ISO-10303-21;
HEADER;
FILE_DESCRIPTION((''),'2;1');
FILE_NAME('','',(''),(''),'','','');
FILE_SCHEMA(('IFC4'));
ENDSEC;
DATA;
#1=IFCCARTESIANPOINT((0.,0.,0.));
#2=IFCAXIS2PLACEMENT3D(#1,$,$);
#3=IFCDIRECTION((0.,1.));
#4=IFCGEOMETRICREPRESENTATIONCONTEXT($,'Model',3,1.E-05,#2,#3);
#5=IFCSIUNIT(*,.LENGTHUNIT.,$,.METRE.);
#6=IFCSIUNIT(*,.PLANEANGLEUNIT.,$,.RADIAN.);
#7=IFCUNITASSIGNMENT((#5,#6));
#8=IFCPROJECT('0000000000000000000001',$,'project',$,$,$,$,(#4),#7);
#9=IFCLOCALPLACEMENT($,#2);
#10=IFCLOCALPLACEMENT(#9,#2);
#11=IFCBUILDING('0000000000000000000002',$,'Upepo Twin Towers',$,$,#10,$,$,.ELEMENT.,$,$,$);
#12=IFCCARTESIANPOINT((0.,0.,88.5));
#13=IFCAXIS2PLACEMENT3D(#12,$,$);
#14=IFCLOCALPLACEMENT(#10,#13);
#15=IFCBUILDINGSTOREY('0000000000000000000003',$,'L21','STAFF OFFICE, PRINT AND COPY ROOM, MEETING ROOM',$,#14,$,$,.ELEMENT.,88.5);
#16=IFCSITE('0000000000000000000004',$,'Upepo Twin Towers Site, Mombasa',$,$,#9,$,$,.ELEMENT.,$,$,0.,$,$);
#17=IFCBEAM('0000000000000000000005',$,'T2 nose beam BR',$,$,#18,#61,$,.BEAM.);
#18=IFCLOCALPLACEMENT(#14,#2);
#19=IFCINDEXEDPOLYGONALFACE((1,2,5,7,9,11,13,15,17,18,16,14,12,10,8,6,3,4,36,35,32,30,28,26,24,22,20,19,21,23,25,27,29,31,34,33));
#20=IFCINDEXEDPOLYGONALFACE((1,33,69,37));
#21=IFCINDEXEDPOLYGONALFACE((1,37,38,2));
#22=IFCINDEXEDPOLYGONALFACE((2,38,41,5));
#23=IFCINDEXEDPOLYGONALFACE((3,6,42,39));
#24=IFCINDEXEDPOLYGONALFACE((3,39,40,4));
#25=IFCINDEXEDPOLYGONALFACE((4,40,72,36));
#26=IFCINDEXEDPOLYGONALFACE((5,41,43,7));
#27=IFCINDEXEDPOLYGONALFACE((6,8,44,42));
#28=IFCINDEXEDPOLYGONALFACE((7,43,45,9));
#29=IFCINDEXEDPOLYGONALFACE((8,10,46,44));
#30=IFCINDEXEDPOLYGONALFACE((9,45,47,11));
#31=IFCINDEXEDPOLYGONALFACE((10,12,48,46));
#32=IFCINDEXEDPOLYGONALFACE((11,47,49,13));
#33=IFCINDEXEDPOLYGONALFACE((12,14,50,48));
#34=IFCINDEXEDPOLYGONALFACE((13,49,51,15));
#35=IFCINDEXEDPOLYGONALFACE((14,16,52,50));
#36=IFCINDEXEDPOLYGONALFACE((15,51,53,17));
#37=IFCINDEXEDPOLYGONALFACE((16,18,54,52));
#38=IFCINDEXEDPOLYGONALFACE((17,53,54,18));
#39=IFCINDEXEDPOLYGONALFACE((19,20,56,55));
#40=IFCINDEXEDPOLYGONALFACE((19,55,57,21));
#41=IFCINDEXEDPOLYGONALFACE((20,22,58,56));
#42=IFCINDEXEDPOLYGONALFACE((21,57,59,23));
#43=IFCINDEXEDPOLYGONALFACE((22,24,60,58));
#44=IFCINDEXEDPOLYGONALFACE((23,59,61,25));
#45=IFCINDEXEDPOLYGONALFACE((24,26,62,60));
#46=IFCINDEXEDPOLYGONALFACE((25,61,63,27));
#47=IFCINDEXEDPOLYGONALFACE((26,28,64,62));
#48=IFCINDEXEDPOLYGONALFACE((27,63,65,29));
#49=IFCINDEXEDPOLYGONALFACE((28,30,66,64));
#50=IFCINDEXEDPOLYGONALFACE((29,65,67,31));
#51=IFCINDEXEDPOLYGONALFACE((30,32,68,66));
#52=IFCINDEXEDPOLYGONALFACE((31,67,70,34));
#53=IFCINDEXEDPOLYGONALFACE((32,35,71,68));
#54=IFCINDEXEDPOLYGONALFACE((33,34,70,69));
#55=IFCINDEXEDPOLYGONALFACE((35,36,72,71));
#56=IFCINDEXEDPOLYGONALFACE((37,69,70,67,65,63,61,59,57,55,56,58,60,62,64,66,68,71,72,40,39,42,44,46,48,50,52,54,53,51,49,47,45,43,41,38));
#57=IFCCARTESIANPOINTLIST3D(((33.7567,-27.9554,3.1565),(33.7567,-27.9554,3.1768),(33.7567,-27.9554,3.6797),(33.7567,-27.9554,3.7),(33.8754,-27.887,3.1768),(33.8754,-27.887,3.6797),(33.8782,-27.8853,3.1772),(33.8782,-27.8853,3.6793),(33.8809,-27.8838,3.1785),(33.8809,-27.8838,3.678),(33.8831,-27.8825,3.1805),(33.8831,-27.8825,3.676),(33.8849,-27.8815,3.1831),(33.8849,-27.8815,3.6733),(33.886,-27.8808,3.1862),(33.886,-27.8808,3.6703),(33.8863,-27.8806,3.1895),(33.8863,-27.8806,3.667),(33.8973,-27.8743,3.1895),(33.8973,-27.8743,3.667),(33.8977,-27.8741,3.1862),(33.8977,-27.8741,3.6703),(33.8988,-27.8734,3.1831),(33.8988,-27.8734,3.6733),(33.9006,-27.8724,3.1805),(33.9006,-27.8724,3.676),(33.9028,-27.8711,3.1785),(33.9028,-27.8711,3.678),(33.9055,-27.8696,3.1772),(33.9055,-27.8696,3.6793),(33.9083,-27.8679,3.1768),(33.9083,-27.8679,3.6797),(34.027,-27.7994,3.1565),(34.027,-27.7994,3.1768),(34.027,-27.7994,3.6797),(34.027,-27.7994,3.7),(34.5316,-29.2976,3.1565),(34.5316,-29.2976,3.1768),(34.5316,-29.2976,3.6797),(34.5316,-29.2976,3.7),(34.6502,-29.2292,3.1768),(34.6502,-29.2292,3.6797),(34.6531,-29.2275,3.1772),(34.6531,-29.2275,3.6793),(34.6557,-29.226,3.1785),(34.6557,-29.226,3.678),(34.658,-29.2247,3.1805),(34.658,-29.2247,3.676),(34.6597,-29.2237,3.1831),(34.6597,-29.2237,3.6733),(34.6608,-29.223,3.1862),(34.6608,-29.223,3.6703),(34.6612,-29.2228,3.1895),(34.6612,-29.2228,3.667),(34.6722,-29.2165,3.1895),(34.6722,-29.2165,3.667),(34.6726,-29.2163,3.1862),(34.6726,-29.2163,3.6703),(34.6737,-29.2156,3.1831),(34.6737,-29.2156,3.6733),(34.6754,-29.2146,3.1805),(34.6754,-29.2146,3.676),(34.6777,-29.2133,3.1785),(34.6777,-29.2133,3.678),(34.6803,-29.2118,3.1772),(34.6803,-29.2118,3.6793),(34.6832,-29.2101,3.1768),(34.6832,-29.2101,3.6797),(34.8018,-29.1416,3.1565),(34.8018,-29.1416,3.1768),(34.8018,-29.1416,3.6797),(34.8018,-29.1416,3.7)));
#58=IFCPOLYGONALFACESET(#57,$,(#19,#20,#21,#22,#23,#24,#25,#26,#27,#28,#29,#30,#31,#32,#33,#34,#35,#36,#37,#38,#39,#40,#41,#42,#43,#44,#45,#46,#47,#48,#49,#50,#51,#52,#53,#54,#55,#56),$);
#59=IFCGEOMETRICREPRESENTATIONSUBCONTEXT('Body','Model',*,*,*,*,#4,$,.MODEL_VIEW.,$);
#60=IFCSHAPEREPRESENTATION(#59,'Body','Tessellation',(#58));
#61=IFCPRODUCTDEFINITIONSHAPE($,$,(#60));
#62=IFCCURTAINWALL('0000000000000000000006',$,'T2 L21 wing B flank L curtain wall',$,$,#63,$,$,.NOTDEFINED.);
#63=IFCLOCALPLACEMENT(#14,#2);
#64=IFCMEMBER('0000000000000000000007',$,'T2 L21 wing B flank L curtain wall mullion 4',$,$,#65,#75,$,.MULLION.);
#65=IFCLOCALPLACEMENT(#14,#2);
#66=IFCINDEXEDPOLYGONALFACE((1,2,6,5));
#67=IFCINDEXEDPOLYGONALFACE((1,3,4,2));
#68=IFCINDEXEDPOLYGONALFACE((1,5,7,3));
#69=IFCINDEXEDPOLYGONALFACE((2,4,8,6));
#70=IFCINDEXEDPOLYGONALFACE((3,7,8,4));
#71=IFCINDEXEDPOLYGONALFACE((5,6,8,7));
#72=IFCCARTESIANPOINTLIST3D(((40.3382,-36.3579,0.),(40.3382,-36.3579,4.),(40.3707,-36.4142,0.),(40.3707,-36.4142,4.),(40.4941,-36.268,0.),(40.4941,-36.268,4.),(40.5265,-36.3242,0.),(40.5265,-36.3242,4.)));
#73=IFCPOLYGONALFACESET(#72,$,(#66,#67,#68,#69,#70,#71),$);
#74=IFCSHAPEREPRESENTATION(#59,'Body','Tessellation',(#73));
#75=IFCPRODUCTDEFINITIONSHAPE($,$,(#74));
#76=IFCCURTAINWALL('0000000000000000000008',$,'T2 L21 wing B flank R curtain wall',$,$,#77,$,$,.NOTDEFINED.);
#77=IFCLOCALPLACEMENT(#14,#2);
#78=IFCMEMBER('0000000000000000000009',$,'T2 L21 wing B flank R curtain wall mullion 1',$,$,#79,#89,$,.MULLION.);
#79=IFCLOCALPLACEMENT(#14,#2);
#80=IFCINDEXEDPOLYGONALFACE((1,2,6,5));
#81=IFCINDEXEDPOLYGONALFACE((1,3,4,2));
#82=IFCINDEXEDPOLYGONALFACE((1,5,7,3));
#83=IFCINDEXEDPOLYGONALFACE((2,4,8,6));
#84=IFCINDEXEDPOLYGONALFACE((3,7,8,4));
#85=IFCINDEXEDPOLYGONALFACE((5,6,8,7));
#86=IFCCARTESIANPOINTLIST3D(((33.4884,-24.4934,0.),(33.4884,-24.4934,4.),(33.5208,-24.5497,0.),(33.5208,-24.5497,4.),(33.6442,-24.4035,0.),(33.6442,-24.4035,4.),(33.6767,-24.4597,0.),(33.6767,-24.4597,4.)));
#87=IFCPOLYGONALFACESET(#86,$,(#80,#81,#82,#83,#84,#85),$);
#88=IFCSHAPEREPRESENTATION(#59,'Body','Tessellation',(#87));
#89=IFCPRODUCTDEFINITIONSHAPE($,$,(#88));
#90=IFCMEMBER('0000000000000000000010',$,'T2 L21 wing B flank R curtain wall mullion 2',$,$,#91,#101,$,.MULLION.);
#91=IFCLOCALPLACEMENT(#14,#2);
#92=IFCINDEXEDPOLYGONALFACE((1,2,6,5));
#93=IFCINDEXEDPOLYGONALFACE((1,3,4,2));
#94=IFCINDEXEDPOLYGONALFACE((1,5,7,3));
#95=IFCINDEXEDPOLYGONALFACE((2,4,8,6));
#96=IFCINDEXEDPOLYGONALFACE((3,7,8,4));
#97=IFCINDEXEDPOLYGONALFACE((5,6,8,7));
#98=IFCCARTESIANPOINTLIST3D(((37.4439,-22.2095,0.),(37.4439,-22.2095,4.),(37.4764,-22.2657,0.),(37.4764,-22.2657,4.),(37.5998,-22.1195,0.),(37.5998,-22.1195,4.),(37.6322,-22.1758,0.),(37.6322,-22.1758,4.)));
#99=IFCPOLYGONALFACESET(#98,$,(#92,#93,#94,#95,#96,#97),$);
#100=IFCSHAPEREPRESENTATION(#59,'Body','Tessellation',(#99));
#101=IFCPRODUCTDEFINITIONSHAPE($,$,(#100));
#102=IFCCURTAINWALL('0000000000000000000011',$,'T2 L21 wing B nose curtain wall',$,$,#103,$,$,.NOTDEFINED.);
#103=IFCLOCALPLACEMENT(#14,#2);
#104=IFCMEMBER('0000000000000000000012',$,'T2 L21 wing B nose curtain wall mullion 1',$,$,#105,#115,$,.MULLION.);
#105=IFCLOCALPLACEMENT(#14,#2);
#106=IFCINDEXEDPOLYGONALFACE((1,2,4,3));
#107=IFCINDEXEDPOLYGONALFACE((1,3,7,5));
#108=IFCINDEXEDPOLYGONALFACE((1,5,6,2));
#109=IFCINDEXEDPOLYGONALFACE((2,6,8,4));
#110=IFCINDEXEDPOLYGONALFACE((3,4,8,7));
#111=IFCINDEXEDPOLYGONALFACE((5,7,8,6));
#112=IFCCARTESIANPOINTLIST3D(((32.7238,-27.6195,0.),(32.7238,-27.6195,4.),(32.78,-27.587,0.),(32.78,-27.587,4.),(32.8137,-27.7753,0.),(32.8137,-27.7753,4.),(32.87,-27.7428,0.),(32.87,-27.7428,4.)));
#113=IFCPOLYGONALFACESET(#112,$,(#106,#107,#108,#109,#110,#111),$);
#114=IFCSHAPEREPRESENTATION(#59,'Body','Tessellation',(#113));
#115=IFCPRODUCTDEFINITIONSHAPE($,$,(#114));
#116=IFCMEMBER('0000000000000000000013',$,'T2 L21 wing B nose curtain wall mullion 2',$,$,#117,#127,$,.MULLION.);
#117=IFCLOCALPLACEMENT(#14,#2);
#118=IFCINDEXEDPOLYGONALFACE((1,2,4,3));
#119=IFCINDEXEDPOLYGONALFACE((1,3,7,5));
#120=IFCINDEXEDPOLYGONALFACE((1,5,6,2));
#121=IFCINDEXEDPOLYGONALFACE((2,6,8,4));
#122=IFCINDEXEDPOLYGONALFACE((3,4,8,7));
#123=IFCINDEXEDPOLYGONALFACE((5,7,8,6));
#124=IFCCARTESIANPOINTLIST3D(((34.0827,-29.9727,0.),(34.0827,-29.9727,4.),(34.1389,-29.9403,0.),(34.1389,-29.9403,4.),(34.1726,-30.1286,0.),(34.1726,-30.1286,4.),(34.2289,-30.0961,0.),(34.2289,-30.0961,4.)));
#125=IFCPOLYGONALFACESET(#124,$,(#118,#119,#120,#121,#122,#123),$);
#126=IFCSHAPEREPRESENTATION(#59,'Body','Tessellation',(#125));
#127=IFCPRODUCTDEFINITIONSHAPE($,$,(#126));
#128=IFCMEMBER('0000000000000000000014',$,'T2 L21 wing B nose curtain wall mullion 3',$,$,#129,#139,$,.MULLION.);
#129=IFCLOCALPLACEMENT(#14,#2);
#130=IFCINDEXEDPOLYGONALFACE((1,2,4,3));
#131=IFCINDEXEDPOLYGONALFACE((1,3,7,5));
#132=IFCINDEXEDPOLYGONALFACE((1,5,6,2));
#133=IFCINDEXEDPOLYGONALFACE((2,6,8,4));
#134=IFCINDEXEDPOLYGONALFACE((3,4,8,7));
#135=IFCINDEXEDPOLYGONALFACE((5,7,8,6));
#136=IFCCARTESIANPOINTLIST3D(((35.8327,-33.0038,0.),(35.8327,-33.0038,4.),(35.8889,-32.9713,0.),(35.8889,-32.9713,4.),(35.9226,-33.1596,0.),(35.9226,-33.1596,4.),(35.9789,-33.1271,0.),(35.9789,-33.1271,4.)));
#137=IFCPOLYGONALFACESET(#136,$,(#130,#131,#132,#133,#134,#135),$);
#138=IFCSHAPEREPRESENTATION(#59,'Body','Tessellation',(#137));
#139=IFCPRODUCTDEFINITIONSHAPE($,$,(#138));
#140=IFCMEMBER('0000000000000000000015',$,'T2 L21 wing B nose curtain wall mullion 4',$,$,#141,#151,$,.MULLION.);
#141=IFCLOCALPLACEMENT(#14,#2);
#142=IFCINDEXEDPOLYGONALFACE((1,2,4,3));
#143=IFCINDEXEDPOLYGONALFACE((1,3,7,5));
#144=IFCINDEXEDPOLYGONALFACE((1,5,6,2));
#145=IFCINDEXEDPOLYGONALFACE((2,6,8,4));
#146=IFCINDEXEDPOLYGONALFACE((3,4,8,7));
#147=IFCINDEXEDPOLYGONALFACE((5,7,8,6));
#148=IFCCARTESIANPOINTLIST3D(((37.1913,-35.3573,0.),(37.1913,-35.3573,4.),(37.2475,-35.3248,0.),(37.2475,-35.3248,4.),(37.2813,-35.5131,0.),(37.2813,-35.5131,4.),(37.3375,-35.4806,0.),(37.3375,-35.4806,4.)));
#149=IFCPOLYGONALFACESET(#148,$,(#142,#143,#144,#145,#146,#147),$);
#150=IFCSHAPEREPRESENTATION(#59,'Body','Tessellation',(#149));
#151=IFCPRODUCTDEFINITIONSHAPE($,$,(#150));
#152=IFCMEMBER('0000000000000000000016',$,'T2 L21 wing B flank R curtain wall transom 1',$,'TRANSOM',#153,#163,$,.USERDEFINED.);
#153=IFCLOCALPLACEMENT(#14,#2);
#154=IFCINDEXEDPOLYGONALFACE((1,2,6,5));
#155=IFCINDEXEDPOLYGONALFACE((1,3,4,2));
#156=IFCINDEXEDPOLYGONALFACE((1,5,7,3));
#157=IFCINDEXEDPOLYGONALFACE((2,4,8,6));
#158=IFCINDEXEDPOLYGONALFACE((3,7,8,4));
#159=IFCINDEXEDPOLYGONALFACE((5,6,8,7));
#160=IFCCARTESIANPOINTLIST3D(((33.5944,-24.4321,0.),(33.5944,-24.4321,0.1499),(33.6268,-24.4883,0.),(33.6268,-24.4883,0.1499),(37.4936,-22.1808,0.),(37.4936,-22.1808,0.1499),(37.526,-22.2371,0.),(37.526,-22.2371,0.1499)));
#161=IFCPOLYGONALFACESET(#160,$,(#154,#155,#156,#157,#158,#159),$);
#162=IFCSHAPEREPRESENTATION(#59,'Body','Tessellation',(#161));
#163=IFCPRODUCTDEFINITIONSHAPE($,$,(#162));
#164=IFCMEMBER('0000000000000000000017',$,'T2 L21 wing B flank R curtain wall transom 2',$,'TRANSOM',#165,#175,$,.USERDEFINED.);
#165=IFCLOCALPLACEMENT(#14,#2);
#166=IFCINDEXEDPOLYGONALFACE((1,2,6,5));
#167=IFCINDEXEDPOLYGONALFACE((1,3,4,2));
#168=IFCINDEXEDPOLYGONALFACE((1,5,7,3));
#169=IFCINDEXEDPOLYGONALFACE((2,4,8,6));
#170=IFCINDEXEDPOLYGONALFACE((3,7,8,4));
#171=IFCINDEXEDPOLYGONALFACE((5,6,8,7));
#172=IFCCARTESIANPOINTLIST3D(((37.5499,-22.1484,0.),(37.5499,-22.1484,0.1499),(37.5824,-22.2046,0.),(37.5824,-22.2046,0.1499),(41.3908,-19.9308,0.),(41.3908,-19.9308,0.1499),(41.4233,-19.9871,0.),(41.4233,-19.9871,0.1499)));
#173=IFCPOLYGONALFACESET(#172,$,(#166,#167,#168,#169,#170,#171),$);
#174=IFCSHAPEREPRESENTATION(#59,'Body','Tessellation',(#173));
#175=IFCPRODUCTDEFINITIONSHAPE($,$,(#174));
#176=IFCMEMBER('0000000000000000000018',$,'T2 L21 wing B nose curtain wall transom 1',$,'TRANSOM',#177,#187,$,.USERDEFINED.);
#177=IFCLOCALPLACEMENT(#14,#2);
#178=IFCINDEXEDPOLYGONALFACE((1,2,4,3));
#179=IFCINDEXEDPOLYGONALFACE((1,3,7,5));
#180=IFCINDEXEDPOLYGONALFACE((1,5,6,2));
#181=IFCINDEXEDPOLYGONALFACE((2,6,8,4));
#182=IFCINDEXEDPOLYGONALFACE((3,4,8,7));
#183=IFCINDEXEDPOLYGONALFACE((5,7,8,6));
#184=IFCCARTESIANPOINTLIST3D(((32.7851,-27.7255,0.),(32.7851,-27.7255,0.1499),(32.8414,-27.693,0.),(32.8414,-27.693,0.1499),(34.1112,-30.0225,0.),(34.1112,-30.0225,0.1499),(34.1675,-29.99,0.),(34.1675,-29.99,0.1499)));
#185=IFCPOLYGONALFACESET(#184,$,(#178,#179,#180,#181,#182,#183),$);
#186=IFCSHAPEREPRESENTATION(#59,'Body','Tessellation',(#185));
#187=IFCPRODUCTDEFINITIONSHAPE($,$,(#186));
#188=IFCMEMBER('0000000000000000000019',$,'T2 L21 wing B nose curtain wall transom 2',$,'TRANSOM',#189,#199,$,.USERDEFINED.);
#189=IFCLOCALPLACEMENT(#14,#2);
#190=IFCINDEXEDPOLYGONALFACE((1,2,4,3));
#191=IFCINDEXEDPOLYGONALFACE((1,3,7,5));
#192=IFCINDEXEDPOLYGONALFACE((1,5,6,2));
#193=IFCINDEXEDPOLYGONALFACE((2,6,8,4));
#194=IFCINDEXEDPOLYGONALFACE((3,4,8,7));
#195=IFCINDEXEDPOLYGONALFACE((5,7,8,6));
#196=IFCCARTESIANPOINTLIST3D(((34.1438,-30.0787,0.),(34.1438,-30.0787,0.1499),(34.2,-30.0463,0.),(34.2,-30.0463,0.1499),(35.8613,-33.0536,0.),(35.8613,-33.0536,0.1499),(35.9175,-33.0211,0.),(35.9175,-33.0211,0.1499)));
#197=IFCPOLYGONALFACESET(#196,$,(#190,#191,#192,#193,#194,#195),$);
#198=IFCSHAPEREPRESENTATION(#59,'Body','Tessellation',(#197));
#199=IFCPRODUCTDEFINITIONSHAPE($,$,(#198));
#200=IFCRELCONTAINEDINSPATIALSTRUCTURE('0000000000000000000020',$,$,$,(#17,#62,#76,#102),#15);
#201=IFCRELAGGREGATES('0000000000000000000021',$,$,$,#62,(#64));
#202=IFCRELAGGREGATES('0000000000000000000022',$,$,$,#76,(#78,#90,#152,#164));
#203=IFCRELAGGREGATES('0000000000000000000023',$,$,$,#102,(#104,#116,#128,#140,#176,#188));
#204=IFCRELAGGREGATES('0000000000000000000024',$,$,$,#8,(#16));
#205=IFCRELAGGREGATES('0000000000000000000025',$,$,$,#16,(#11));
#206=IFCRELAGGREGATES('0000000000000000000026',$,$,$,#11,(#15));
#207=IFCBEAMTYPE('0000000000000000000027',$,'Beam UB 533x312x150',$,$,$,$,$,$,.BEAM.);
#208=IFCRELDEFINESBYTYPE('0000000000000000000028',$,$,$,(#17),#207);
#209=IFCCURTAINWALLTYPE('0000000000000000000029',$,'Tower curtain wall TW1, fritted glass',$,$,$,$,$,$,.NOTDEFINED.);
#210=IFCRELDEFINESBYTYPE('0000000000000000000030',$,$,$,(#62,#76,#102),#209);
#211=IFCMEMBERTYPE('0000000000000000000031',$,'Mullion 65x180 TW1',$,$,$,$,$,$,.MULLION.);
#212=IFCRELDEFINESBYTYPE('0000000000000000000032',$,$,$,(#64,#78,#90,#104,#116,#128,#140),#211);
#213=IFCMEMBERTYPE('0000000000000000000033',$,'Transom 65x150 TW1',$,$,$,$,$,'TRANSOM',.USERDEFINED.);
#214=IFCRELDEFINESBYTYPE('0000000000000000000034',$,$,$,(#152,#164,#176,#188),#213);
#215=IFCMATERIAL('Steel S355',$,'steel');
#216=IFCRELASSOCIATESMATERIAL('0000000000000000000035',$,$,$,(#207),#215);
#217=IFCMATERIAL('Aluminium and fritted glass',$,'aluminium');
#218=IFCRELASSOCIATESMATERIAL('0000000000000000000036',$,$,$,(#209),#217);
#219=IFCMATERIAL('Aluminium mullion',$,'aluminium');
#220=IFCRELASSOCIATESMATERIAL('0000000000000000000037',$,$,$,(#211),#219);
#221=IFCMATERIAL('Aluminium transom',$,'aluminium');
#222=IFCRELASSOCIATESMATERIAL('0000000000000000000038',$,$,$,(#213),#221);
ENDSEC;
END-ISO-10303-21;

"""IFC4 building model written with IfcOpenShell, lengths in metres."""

from ifc_helpers import new_model, si_unit, direction, frame, origin, origin_2d, place, context, subcontext, project, spatial, rectangle, i_section, extrude, material, material_profile, profile_set, type_object, element, aggregate, save


model = new_model("IFC4")

# Units and contexts
model_context = context("Model", 3, precision=1e-05, world=origin(), true_north=direction((0.0, 1.0)))
body_context = subcontext(model_context, "Body", "Model", "MODEL_VIEW")
ifc_project = project(units=[si_unit("LENGTHUNIT", "METRE"), si_unit("PLANEANGLEUNIT", "RADIAN")], contexts=[model_context])

# Site, building, storey
site_placement = place(None, origin())
site = spatial("IfcSite", under=ifc_project, at=site_placement, Name="Upepo Twin Towers Site, Mombasa", CompositionType="ELEMENT", RefElevation=0.0)
building_placement = place(site_placement, origin())
building = spatial("IfcBuilding", under=site, at=building_placement, Name="Upepo Twin Towers", CompositionType="ELEMENT")
storey_placement = place(building_placement, frame((0.0, 0.0, 88.5)))
storey = spatial("IfcBuildingStorey", under=building, at=storey_placement, Name="L21", Description="STAFF OFFICE, PRINT AND COPY ROOM, MEETING ROOM", CompositionType="ELEMENT", Elevation=88.5)

# Beam
ifc_material_1 = material(Name="Steel S355", Category="steel")
ifc_material_profile_1 = material_profile(ifc_material_1, i_section(OverallWidth=0.312, OverallDepth=0.5435, WebThickness=0.0127, FlangeThickness=0.0203, FilletRadius=0.0127, at=origin_2d()), Name="UB 533x312x150")
ifc_profile_set_1 = profile_set([ifc_material_profile_1], Name="Steel S355")
beam_type_1 = type_object("IfcBeamType", Name="Beam UB 533x312x150", PredefinedType="BEAM", material=ifc_profile_set_1)
for number, where, z_axis, x_axis, name in (
    (1, (33.8918, -27.8774, 3.4282), (0.499968, -0.866044, 0.0), (0.866044, 0.499968, 0.0), "T2 nose beam BR"),
):
    element("IfcBeam", number, at=place(storey_placement, frame(where, z_axis=z_axis, x_axis=x_axis)), inside=storey, type_object=beam_type_1, Name=name, PredefinedType="BEAM", context=body_context, shape_type="SweptSolid", body=[
        extrude(i_section(OverallWidth=0.312, OverallDepth=0.5435, WebThickness=0.0127, FlangeThickness=0.0203, FilletRadius=0.0127, at=origin_2d()), origin(), (0.0, 0.0, 1.0), 1.5498),
    ])

# Curtain wall, member
ifc_material_2 = material(Name="Aluminium and fritted glass", Category="aluminium")
curtain_wall_type = type_object("IfcCurtainWallType", Name="Tower curtain wall TW1, fritted glass", PredefinedType="NOTDEFINED", material=ifc_material_2)
curtain_wall_1_placement = place(storey_placement, origin())
curtain_wall_1 = element("IfcCurtainWall", 2, at=curtain_wall_1_placement, inside=storey, type_object=curtain_wall_type, Name="T2 L21 wing B flank L curtain wall", PredefinedType="NOTDEFINED")
ifc_material_3 = material(Name="Aluminium mullion", Category="aluminium")
ifc_material_profile_2 = material_profile(ifc_material_3, rectangle(XDim=0.0649, YDim=0.1799, at=origin_2d()), Name="MULLION 65x180")
ifc_profile_set_2 = profile_set([ifc_material_profile_2], Name="Aluminium mullion")
member_type_1 = type_object("IfcMemberType", Name="Mullion 65x180 TW1", PredefinedType="MULLION", material=ifc_profile_set_2)
member_1_placement = place(storey_placement, frame((40.4324, -36.3411, 0.0), z_axis=(0.0, 0.0, 1.0), x_axis=(0.5, -0.866025, 0.0)))
member_1 = element("IfcMember", 3, at=member_1_placement, type_object=member_type_1, Name="T2 L21 wing B flank L curtain wall mullion 4", PredefinedType="MULLION", context=body_context, shape_type="SweptSolid", body=[
    extrude(rectangle(XDim=0.0649, YDim=0.1799, at=origin_2d()), origin(), (0.0, 0.0, 1.0), 4.0),
])
aggregate(curtain_wall_1, [member_1])

# Curtain walls, members
curtain_wall_2_placement = place(storey_placement, origin())
curtain_wall_2 = element("IfcCurtainWall", 4, at=curtain_wall_2_placement, inside=storey, type_object=curtain_wall_type, Name="T2 L21 wing B flank R curtain wall", PredefinedType="NOTDEFINED")
member_2_placement = place(storey_placement, frame((33.5825, -24.4766, 0.0), z_axis=(0.0, 0.0, 1.0), x_axis=(-0.5, 0.866025, 0.0)))
member_2 = element("IfcMember", 5, at=member_2_placement, type_object=member_type_1, Name="T2 L21 wing B flank R curtain wall mullion 1", PredefinedType="MULLION", context=body_context, shape_type="SweptSolid", body=[
    extrude(rectangle(XDim=0.0649, YDim=0.1799, at=origin_2d()), origin(), (0.0, 0.0, 1.0), 4.0),
])
member_3_placement = place(storey_placement, frame((37.5381, -22.1926, 0.0), z_axis=(0.0, 0.0, 1.0), x_axis=(-0.5, 0.866025, 0.0)))
member_3 = element("IfcMember", 6, at=member_3_placement, type_object=member_type_1, Name="T2 L21 wing B flank R curtain wall mullion 2", PredefinedType="MULLION", context=body_context, shape_type="SweptSolid", body=[
    extrude(rectangle(XDim=0.0649, YDim=0.1799, at=origin_2d()), origin(), (0.0, 0.0, 1.0), 4.0),
])
curtain_wall_3_placement = place(storey_placement, origin())
curtain_wall_3 = element("IfcCurtainWall", 7, at=curtain_wall_3_placement, inside=storey, type_object=curtain_wall_type, Name="T2 L21 wing B nose curtain wall", PredefinedType="NOTDEFINED")
member_4_placement = place(storey_placement, frame((32.7969, -27.6812, 0.0), z_axis=(0.0, 0.0, 1.0), x_axis=(0.866025, 0.5, 0.0)))
member_4 = element("IfcMember", 8, at=member_4_placement, type_object=member_type_1, Name="T2 L21 wing B nose curtain wall mullion 1", PredefinedType="MULLION", context=body_context, shape_type="SweptSolid", body=[
    extrude(rectangle(XDim=0.0649, YDim=0.1799, at=origin_2d()), origin(), (0.0, 0.0, 1.0), 4.0),
])
member_5_placement = place(storey_placement, frame((34.1558, -30.0344, 0.0), z_axis=(0.0, 0.0, 1.0), x_axis=(0.866025, 0.5, 0.0)))
member_5 = element("IfcMember", 9, at=member_5_placement, type_object=member_type_1, Name="T2 L21 wing B nose curtain wall mullion 2", PredefinedType="MULLION", context=body_context, shape_type="SweptSolid", body=[
    extrude(rectangle(XDim=0.0649, YDim=0.1799, at=origin_2d()), origin(), (0.0, 0.0, 1.0), 4.0),
])
member_6_placement = place(storey_placement, frame((35.9058, -33.0654, 0.0), z_axis=(0.0, 0.0, 1.0), x_axis=(0.866025, 0.5, 0.0)))
member_6 = element("IfcMember", 10, at=member_6_placement, type_object=member_type_1, Name="T2 L21 wing B nose curtain wall mullion 3", PredefinedType="MULLION", context=body_context, shape_type="SweptSolid", body=[
    extrude(rectangle(XDim=0.0649, YDim=0.1799, at=origin_2d()), origin(), (0.0, 0.0, 1.0), 4.0),
])
member_7_placement = place(storey_placement, frame((37.2644, -35.4189, 0.0), z_axis=(0.0, 0.0, 1.0), x_axis=(0.866025, 0.5, 0.0)))
member_7 = element("IfcMember", 11, at=member_7_placement, type_object=member_type_1, Name="T2 L21 wing B nose curtain wall mullion 4", PredefinedType="MULLION", context=body_context, shape_type="SweptSolid", body=[
    extrude(rectangle(XDim=0.0649, YDim=0.1799, at=origin_2d()), origin(), (0.0, 0.0, 1.0), 4.0),
])

# Members
ifc_material_4 = material(Name="Aluminium transom", Category="aluminium")
ifc_material_profile_3 = material_profile(ifc_material_4, rectangle(XDim=0.0649, YDim=0.1499, at=origin_2d()), Name="TRANSOM 65x150")
ifc_profile_set_3 = profile_set([ifc_material_profile_3], Name="Aluminium transom")
member_type_2 = type_object("IfcMemberType", Name="Transom 65x150 TW1", ElementType="TRANSOM", PredefinedType="USERDEFINED", material=ifc_profile_set_3)
member_8_placement = place(storey_placement, frame((33.6106, -24.4602, 0.075), z_axis=(0.866022, 0.500006, 0.0), x_axis=(-0.500006, 0.866022, 0.0)))
member_8 = element("IfcMember", 12, at=member_8_placement, type_object=member_type_2, Name="T2 L21 wing B flank R curtain wall transom 1", ObjectType="TRANSOM", PredefinedType="USERDEFINED", context=body_context, shape_type="SweptSolid", body=[
    extrude(rectangle(XDim=0.0649, YDim=0.1499, at=origin_2d()), origin(), (0.0, 0.0, 1.0), 4.5024),
])
member_9_placement = place(storey_placement, frame((37.5662, -22.1765, 0.075), z_axis=(0.866022, 0.500005, 0.0), x_axis=(-0.500005, 0.866022, 0.0)))
member_9 = element("IfcMember", 13, at=member_9_placement, type_object=member_type_2, Name="T2 L21 wing B flank R curtain wall transom 2", ObjectType="TRANSOM", PredefinedType="USERDEFINED", context=body_context, shape_type="SweptSolid", body=[
    extrude(rectangle(XDim=0.0649, YDim=0.1499, at=origin_2d()), origin(), (0.0, 0.0, 1.0), 4.4351),
])
member_10_placement = place(storey_placement, frame((32.8132, -27.7092, 0.075), z_axis=(0.49998, -0.866037, 0.0), x_axis=(0.866037, 0.49998, 0.0)))
member_10 = element("IfcMember", 14, at=member_10_placement, type_object=member_type_2, Name="T2 L21 wing B nose curtain wall transom 1", ObjectType="TRANSOM", PredefinedType="USERDEFINED", context=body_context, shape_type="SweptSolid", body=[
    extrude(rectangle(XDim=0.0649, YDim=0.1499, at=origin_2d()), origin(), (0.0, 0.0, 1.0), 2.6523),
])
member_11_placement = place(storey_placement, frame((34.1719, -30.0625, 0.075), z_axis=(0.499999, -0.866026, 0.0), x_axis=(0.866026, 0.499999, 0.0)))
member_11 = element("IfcMember", 15, at=member_11_placement, type_object=member_type_2, Name="T2 L21 wing B nose curtain wall transom 2", ObjectType="TRANSOM", PredefinedType="USERDEFINED", context=body_context, shape_type="SweptSolid", body=[
    extrude(rectangle(XDim=0.0649, YDim=0.1499, at=origin_2d()), origin(), (0.0, 0.0, 1.0), 3.4351),
])

aggregate(curtain_wall_2, [member_2, member_3, member_8, member_9])
aggregate(curtain_wall_3, [member_4, member_5, member_6, member_7, member_10, member_11])

save(model, "model.ifc")
